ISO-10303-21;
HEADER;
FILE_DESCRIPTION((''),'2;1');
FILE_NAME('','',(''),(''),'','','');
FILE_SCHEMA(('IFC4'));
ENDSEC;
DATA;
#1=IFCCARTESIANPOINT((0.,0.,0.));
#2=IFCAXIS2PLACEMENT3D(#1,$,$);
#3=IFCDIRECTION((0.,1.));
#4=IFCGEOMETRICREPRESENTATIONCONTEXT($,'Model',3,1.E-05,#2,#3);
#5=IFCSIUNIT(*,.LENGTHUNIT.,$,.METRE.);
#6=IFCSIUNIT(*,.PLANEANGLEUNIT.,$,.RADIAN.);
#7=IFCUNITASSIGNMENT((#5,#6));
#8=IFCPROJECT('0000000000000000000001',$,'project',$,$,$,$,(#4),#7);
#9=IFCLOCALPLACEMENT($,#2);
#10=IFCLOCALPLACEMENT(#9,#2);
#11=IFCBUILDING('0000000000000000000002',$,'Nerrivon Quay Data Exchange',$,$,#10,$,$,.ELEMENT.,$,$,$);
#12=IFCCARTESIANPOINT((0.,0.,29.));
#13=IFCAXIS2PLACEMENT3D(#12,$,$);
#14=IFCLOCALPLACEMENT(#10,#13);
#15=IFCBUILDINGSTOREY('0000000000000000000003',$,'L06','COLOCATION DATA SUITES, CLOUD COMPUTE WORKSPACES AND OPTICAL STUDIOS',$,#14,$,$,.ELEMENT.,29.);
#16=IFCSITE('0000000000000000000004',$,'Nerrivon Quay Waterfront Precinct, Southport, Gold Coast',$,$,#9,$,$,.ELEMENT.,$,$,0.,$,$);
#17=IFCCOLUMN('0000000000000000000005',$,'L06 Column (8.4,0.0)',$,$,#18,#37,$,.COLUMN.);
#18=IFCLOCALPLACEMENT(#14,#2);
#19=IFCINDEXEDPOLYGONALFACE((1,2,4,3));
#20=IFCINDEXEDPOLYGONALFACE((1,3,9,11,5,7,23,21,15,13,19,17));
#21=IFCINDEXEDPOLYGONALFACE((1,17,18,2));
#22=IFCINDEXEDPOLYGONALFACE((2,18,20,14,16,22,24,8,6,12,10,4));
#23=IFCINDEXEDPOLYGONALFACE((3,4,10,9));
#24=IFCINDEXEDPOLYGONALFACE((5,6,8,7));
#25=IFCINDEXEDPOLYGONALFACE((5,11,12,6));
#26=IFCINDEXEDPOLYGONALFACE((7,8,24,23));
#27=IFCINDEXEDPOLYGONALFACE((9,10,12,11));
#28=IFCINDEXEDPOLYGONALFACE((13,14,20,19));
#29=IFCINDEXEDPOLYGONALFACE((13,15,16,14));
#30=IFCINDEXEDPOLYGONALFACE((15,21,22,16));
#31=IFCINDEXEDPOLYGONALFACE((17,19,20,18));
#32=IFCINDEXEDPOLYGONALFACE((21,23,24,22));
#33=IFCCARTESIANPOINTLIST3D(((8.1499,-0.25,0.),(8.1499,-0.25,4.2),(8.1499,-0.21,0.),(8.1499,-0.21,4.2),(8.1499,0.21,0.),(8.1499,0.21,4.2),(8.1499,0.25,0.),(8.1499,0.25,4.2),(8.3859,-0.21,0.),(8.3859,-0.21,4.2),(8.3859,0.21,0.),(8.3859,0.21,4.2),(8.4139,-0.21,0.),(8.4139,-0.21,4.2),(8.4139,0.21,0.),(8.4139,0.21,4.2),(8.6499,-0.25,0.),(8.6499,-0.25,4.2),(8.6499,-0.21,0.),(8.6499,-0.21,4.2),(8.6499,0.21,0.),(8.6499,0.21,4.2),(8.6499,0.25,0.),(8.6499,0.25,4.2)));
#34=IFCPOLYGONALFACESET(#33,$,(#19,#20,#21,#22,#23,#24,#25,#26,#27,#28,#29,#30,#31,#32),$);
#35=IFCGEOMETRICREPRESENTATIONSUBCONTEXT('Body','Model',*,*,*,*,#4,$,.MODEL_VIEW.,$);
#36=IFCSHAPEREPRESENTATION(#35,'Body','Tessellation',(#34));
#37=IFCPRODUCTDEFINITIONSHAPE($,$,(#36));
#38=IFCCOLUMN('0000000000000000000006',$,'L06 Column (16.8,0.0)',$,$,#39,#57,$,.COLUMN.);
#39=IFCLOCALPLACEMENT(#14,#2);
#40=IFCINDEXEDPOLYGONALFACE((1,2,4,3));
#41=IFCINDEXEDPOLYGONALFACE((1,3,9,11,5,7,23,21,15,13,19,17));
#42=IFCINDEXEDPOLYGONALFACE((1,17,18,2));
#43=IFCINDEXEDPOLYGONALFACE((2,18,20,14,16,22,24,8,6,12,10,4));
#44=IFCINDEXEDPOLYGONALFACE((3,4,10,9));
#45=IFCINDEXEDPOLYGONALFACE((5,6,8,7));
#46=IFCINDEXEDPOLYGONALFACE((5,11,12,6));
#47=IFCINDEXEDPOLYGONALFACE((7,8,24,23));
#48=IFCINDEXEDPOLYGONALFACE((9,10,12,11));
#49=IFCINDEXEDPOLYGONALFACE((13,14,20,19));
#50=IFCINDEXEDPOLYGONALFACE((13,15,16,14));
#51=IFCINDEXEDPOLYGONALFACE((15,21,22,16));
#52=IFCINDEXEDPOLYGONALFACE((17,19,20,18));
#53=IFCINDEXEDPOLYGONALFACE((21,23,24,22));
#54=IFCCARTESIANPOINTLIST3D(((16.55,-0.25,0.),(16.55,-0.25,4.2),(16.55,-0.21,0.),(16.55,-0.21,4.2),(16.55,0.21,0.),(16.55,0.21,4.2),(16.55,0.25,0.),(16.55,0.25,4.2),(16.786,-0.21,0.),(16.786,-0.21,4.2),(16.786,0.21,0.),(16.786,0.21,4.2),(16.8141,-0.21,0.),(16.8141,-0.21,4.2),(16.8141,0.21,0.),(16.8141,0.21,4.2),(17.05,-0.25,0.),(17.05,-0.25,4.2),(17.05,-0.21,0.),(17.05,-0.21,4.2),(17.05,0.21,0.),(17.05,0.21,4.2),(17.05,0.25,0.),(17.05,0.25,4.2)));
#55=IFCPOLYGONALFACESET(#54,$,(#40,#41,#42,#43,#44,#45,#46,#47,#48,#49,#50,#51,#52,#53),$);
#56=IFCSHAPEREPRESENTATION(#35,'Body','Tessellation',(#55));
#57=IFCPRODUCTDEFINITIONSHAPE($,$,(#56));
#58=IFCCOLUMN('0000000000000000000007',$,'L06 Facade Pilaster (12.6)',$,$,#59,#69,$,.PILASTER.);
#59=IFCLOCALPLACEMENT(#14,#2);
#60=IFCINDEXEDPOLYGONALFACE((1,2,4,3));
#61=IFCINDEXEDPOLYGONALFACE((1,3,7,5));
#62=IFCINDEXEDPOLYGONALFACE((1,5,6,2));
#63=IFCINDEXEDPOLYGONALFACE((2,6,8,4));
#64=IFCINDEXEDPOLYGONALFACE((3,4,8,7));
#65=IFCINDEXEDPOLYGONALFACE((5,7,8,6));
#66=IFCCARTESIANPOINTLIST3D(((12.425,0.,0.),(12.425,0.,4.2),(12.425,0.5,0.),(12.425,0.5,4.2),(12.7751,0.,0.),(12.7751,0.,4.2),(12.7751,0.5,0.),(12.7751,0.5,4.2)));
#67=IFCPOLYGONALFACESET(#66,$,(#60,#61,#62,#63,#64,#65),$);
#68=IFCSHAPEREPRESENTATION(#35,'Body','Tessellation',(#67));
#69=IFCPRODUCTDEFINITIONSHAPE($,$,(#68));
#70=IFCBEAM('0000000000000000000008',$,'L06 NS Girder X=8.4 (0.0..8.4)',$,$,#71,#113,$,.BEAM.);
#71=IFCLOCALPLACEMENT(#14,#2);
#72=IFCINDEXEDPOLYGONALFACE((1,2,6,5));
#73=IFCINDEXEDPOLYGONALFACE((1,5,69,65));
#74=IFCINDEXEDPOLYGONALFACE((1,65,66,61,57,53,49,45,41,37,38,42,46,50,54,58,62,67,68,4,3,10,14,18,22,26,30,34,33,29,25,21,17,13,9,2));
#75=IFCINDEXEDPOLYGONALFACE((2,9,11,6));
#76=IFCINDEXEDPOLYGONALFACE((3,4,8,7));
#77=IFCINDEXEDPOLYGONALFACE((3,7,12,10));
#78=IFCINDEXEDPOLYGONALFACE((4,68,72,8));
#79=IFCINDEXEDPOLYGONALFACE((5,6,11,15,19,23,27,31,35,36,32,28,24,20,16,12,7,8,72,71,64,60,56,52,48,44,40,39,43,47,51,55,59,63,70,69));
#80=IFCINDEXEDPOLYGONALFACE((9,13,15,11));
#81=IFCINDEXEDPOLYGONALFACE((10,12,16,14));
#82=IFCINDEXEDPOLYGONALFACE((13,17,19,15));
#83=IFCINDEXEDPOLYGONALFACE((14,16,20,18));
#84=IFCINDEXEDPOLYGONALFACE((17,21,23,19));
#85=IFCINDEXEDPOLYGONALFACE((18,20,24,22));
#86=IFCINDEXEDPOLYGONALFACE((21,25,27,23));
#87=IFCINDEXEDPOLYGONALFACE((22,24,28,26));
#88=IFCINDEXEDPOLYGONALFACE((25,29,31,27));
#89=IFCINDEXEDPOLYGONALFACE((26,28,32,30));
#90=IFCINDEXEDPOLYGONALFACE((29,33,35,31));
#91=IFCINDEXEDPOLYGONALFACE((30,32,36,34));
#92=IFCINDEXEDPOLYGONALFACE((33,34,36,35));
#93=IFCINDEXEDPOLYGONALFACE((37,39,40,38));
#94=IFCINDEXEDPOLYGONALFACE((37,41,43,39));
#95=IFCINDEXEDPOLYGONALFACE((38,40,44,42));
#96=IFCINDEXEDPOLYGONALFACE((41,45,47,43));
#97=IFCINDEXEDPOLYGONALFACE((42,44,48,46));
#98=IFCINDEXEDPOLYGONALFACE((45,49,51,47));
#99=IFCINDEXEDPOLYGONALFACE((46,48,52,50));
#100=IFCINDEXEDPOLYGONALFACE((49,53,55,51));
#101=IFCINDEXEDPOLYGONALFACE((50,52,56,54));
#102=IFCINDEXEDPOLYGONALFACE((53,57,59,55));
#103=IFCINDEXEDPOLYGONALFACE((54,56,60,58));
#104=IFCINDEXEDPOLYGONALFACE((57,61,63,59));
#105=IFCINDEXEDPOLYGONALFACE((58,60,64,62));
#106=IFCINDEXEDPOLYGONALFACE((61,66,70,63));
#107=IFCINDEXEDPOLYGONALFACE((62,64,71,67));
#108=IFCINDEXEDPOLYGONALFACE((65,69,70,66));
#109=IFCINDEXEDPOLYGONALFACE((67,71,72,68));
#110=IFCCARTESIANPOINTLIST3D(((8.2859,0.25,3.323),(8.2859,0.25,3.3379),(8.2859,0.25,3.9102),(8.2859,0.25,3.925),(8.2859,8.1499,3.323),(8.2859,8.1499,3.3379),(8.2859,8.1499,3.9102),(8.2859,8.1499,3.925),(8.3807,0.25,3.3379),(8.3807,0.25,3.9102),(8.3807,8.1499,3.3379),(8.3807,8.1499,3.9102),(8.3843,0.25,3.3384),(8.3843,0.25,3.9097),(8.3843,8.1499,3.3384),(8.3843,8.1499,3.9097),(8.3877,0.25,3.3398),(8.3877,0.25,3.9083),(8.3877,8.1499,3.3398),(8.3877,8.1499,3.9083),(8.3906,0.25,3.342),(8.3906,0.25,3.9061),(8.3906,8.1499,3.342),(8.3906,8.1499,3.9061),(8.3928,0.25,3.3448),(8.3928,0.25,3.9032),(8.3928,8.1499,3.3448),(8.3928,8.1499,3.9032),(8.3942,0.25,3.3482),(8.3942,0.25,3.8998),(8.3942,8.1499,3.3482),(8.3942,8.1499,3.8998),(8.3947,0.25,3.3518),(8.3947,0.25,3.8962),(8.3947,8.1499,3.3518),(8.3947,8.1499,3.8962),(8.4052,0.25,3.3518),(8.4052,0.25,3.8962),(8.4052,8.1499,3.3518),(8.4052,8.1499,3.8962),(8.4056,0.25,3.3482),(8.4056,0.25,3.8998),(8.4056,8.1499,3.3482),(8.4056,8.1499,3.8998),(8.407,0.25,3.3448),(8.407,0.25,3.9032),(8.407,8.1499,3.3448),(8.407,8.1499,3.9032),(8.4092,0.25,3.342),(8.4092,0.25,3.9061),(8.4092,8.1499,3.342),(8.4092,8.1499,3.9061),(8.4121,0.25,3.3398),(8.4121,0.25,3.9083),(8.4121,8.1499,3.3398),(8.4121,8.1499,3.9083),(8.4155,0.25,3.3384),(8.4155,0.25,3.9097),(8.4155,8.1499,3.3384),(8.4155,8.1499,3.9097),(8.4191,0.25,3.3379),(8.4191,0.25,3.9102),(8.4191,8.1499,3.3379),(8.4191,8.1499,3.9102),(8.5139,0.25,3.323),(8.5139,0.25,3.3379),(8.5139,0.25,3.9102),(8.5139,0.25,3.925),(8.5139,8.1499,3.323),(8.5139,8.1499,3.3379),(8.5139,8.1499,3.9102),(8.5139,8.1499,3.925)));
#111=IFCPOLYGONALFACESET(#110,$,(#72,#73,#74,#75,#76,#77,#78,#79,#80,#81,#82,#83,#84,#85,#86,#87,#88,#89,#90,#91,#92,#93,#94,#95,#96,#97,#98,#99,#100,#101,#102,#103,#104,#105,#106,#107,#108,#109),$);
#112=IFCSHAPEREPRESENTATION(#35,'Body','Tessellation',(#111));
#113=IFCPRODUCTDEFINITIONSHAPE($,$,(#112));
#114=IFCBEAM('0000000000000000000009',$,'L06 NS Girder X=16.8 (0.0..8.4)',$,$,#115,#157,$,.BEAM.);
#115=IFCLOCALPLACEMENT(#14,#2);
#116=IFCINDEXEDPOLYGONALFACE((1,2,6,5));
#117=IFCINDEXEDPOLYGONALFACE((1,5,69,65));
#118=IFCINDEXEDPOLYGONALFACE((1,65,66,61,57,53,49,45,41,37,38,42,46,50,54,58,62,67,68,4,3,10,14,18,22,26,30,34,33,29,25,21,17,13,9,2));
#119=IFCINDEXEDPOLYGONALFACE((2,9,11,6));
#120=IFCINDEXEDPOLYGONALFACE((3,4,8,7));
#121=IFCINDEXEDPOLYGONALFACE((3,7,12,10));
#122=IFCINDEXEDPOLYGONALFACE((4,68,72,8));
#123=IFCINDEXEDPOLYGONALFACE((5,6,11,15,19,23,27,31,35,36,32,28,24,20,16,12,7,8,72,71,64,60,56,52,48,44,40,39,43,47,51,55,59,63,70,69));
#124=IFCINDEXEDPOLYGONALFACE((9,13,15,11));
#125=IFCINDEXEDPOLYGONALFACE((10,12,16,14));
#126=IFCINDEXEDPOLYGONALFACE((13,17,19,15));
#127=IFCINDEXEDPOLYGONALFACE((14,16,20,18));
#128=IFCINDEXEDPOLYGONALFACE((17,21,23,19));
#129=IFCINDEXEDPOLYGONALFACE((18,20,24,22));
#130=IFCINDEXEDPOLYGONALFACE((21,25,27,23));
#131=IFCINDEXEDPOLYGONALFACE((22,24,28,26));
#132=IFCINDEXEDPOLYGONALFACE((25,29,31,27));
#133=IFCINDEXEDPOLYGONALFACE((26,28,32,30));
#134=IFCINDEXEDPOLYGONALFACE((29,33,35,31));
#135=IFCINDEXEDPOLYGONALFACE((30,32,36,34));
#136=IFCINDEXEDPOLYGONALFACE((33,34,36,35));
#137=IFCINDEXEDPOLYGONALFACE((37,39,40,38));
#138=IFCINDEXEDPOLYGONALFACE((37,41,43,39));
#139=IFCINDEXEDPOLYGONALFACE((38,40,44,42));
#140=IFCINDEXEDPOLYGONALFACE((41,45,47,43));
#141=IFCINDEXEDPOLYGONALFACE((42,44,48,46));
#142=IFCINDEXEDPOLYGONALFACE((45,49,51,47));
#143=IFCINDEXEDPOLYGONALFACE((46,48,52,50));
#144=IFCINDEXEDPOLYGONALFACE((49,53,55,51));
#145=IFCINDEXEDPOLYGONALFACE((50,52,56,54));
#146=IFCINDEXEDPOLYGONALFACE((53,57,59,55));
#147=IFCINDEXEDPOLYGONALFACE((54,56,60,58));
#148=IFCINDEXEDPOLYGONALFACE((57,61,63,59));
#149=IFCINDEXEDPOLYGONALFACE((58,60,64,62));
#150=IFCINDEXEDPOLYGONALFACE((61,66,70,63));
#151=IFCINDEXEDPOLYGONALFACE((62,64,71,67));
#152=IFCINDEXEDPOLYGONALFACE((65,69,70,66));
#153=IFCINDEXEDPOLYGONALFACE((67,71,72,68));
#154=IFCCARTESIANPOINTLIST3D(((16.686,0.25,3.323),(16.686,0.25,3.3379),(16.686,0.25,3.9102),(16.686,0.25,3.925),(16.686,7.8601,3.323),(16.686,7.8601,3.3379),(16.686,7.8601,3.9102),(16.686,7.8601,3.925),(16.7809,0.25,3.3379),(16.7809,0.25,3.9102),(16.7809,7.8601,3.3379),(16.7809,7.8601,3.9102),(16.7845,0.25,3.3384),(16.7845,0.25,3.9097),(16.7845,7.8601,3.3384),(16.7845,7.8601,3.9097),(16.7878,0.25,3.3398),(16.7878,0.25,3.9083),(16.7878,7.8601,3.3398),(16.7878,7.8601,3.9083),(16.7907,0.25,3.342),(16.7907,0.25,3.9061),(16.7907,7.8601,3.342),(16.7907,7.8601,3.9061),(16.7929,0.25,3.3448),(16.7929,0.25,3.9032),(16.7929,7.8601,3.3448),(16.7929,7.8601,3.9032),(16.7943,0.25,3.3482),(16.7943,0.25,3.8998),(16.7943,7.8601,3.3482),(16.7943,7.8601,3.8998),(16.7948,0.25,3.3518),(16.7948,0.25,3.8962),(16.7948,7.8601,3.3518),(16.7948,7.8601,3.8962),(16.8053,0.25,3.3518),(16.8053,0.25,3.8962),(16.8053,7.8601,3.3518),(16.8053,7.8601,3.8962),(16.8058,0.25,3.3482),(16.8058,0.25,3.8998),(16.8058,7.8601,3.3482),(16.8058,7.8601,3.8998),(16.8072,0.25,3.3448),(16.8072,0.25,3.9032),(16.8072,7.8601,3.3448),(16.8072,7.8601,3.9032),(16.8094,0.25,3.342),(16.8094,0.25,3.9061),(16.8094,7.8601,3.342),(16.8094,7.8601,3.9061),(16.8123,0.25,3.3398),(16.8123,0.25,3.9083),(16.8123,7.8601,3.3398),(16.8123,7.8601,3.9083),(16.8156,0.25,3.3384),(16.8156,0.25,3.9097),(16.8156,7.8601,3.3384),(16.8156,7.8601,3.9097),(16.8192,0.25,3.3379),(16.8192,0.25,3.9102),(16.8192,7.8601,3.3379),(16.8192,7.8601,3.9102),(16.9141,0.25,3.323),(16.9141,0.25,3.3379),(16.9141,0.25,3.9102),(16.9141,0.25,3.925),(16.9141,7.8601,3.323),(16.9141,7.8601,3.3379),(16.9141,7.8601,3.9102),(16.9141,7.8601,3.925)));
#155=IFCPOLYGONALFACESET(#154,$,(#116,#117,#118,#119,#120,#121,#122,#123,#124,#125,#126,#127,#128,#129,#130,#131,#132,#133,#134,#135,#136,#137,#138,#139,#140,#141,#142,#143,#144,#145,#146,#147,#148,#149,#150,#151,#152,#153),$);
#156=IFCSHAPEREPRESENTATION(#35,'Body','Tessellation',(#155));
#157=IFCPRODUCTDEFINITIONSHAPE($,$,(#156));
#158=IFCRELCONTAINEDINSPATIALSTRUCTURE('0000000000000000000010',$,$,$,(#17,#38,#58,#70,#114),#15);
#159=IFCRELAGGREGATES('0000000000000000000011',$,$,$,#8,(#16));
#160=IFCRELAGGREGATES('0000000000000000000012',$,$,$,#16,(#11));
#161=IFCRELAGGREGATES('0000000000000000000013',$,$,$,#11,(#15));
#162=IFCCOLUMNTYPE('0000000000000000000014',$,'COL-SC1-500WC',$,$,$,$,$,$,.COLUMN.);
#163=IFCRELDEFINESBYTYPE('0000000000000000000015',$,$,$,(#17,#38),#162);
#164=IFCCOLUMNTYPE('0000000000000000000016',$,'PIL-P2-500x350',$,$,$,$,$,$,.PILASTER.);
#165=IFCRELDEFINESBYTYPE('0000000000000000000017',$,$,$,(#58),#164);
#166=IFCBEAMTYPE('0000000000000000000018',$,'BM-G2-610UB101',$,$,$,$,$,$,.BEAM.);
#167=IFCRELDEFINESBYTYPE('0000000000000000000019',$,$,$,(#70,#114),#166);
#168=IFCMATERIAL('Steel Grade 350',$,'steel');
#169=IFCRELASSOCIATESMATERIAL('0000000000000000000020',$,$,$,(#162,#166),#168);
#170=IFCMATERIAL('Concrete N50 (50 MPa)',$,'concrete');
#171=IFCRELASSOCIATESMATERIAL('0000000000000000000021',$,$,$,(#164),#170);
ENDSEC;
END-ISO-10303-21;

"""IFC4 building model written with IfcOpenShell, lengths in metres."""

from ifc_helpers import new_model, si_unit, direction, frame, origin, origin_2d, place, context, subcontext, project, spatial, rectangle, i_section, extrude, material, material_profile, profile_set, type_object, element, save


model = new_model("IFC4")

# Units and contexts
model_context = context("Model", 3, precision=1e-05, world=origin(), true_north=direction((0.0, 1.0)))
body_context = subcontext(model_context, "Body", "Model", "MODEL_VIEW")
ifc_project = project(units=[si_unit("LENGTHUNIT", "METRE"), si_unit("PLANEANGLEUNIT", "RADIAN")], contexts=[model_context])

# Site, building, storey
site_placement = place(None, origin())
site = spatial("IfcSite", under=ifc_project, at=site_placement, Name="Nerrivon Quay Waterfront Precinct, Southport, Gold Coast", CompositionType="ELEMENT", RefElevation=0.0)
building_placement = place(site_placement, origin())
building = spatial("IfcBuilding", under=site, at=building_placement, Name="Nerrivon Quay Data Exchange", CompositionType="ELEMENT")
storey_placement = place(building_placement, frame((0.0, 0.0, 29.0)))
storey = spatial("IfcBuildingStorey", under=building, at=storey_placement, Name="L06", Description="COLOCATION DATA SUITES, CLOUD COMPUTE WORKSPACES AND OPTICAL STUDIOS", CompositionType="ELEMENT", Elevation=29.0)

# Columns
ifc_material_1 = material(Name="Steel Grade 350", Category="steel")
ifc_material_profile_1 = material_profile(ifc_material_1, i_section(OverallWidth=0.5, OverallDepth=0.5, WebThickness=0.0281, FlangeThickness=0.04, at=origin_2d()), Name="500WC440")
ifc_profile_set_1 = profile_set([ifc_material_profile_1], Name="Steel Grade 350")
column_type_1 = type_object("IfcColumnType", Name="COL-SC1-500WC", PredefinedType="COLUMN", material=ifc_profile_set_1)
for number, where, z_axis, x_axis, name in (
    (1, (8.3999, 0.0, 0.0), (0.0, 0.0, 1.0), (1.0, 0.0, 0.0), "L06 Column (8.4,0.0)"),
    (2, (16.8, 0.0, 0.0), (0.0, 0.0, 1.0), (1.0, 0.0, 0.0), "L06 Column (16.8,0.0)"),
):
    element("IfcColumn", number, at=place(storey_placement, frame(where, z_axis=z_axis, x_axis=x_axis)), inside=storey, type_object=column_type_1, Name=name, PredefinedType="COLUMN", context=body_context, shape_type="SweptSolid", body=[
        extrude(i_section(OverallWidth=0.5, OverallDepth=0.5, WebThickness=0.0281, FlangeThickness=0.04, at=origin_2d()), origin(), (0.0, 0.0, 1.0), 4.2),
    ])
ifc_material_2 = material(Name="Concrete N50 (50 MPa)", Category="concrete")
ifc_material_profile_2 = material_profile(ifc_material_2, rectangle(XDim=0.3501, YDim=0.5, at=origin_2d()), Name="RC-PIL-500x350")
ifc_profile_set_2 = profile_set([ifc_material_profile_2], Name="Concrete N50 (50 MPa)")
column_type_2 = type_object("IfcColumnType", Name="PIL-P2-500x350", PredefinedType="PILASTER", material=ifc_profile_set_2)
column_placement = place(storey_placement, frame((12.6001, 0.25, 0.0), z_axis=(0.0, 0.0, 1.0), x_axis=(1.0, 0.0, 0.0)))
element("IfcColumn", 3, at=column_placement, inside=storey, type_object=column_type_2, Name="L06 Facade Pilaster (12.6)", PredefinedType="PILASTER", context=body_context, shape_type="SweptSolid", body=[
    extrude(rectangle(XDim=0.3501, YDim=0.5, at=origin_2d()), origin(), (0.0, 0.0, 1.0), 4.2),
])

# Beams
ifc_material_profile_3 = material_profile(ifc_material_1, i_section(OverallWidth=0.228, OverallDepth=0.6021, WebThickness=0.0105, FlangeThickness=0.0149, FilletRadius=0.0139, at=origin_2d()), Name="610UB101")
ifc_profile_set_3 = profile_set([ifc_material_profile_3], Name="Steel Grade 350")
beam_type_1 = type_object("IfcBeamType", Name="BM-G2-610UB101", PredefinedType="BEAM", material=ifc_profile_set_3)
beam_1_placement = place(storey_placement, frame((8.3999, 0.25, 3.624), z_axis=(0.0, 1.0, 0.0), x_axis=(-1.0, 0.0, 0.0)))
element("IfcBeam", 4, at=beam_1_placement, inside=storey, type_object=beam_type_1, Name="L06 NS Girder X=8.4 (0.0..8.4)", PredefinedType="BEAM", context=body_context, shape_type="SweptSolid", body=[
    extrude(i_section(OverallWidth=0.228, OverallDepth=0.6021, WebThickness=0.0105, FlangeThickness=0.0149, FilletRadius=0.0139, at=origin_2d()), origin(), (0.0, 0.0, 1.0), 7.8999),
])
beam_2_placement = place(storey_placement, frame((16.8, 0.25, 3.624), z_axis=(0.0, 1.0, 0.0), x_axis=(-1.0, 0.0, 0.0)))
element("IfcBeam", 5, at=beam_2_placement, inside=storey, type_object=beam_type_1, Name="L06 NS Girder X=16.8 (0.0..8.4)", PredefinedType="BEAM", context=body_context, shape_type="SweptSolid", body=[
    extrude(i_section(OverallWidth=0.228, OverallDepth=0.6021, WebThickness=0.0105, FlangeThickness=0.0149, FilletRadius=0.0139, at=origin_2d()), origin(), (0.0, 0.0, 1.0), 7.6101),
])

save(model, "model.ifc")
